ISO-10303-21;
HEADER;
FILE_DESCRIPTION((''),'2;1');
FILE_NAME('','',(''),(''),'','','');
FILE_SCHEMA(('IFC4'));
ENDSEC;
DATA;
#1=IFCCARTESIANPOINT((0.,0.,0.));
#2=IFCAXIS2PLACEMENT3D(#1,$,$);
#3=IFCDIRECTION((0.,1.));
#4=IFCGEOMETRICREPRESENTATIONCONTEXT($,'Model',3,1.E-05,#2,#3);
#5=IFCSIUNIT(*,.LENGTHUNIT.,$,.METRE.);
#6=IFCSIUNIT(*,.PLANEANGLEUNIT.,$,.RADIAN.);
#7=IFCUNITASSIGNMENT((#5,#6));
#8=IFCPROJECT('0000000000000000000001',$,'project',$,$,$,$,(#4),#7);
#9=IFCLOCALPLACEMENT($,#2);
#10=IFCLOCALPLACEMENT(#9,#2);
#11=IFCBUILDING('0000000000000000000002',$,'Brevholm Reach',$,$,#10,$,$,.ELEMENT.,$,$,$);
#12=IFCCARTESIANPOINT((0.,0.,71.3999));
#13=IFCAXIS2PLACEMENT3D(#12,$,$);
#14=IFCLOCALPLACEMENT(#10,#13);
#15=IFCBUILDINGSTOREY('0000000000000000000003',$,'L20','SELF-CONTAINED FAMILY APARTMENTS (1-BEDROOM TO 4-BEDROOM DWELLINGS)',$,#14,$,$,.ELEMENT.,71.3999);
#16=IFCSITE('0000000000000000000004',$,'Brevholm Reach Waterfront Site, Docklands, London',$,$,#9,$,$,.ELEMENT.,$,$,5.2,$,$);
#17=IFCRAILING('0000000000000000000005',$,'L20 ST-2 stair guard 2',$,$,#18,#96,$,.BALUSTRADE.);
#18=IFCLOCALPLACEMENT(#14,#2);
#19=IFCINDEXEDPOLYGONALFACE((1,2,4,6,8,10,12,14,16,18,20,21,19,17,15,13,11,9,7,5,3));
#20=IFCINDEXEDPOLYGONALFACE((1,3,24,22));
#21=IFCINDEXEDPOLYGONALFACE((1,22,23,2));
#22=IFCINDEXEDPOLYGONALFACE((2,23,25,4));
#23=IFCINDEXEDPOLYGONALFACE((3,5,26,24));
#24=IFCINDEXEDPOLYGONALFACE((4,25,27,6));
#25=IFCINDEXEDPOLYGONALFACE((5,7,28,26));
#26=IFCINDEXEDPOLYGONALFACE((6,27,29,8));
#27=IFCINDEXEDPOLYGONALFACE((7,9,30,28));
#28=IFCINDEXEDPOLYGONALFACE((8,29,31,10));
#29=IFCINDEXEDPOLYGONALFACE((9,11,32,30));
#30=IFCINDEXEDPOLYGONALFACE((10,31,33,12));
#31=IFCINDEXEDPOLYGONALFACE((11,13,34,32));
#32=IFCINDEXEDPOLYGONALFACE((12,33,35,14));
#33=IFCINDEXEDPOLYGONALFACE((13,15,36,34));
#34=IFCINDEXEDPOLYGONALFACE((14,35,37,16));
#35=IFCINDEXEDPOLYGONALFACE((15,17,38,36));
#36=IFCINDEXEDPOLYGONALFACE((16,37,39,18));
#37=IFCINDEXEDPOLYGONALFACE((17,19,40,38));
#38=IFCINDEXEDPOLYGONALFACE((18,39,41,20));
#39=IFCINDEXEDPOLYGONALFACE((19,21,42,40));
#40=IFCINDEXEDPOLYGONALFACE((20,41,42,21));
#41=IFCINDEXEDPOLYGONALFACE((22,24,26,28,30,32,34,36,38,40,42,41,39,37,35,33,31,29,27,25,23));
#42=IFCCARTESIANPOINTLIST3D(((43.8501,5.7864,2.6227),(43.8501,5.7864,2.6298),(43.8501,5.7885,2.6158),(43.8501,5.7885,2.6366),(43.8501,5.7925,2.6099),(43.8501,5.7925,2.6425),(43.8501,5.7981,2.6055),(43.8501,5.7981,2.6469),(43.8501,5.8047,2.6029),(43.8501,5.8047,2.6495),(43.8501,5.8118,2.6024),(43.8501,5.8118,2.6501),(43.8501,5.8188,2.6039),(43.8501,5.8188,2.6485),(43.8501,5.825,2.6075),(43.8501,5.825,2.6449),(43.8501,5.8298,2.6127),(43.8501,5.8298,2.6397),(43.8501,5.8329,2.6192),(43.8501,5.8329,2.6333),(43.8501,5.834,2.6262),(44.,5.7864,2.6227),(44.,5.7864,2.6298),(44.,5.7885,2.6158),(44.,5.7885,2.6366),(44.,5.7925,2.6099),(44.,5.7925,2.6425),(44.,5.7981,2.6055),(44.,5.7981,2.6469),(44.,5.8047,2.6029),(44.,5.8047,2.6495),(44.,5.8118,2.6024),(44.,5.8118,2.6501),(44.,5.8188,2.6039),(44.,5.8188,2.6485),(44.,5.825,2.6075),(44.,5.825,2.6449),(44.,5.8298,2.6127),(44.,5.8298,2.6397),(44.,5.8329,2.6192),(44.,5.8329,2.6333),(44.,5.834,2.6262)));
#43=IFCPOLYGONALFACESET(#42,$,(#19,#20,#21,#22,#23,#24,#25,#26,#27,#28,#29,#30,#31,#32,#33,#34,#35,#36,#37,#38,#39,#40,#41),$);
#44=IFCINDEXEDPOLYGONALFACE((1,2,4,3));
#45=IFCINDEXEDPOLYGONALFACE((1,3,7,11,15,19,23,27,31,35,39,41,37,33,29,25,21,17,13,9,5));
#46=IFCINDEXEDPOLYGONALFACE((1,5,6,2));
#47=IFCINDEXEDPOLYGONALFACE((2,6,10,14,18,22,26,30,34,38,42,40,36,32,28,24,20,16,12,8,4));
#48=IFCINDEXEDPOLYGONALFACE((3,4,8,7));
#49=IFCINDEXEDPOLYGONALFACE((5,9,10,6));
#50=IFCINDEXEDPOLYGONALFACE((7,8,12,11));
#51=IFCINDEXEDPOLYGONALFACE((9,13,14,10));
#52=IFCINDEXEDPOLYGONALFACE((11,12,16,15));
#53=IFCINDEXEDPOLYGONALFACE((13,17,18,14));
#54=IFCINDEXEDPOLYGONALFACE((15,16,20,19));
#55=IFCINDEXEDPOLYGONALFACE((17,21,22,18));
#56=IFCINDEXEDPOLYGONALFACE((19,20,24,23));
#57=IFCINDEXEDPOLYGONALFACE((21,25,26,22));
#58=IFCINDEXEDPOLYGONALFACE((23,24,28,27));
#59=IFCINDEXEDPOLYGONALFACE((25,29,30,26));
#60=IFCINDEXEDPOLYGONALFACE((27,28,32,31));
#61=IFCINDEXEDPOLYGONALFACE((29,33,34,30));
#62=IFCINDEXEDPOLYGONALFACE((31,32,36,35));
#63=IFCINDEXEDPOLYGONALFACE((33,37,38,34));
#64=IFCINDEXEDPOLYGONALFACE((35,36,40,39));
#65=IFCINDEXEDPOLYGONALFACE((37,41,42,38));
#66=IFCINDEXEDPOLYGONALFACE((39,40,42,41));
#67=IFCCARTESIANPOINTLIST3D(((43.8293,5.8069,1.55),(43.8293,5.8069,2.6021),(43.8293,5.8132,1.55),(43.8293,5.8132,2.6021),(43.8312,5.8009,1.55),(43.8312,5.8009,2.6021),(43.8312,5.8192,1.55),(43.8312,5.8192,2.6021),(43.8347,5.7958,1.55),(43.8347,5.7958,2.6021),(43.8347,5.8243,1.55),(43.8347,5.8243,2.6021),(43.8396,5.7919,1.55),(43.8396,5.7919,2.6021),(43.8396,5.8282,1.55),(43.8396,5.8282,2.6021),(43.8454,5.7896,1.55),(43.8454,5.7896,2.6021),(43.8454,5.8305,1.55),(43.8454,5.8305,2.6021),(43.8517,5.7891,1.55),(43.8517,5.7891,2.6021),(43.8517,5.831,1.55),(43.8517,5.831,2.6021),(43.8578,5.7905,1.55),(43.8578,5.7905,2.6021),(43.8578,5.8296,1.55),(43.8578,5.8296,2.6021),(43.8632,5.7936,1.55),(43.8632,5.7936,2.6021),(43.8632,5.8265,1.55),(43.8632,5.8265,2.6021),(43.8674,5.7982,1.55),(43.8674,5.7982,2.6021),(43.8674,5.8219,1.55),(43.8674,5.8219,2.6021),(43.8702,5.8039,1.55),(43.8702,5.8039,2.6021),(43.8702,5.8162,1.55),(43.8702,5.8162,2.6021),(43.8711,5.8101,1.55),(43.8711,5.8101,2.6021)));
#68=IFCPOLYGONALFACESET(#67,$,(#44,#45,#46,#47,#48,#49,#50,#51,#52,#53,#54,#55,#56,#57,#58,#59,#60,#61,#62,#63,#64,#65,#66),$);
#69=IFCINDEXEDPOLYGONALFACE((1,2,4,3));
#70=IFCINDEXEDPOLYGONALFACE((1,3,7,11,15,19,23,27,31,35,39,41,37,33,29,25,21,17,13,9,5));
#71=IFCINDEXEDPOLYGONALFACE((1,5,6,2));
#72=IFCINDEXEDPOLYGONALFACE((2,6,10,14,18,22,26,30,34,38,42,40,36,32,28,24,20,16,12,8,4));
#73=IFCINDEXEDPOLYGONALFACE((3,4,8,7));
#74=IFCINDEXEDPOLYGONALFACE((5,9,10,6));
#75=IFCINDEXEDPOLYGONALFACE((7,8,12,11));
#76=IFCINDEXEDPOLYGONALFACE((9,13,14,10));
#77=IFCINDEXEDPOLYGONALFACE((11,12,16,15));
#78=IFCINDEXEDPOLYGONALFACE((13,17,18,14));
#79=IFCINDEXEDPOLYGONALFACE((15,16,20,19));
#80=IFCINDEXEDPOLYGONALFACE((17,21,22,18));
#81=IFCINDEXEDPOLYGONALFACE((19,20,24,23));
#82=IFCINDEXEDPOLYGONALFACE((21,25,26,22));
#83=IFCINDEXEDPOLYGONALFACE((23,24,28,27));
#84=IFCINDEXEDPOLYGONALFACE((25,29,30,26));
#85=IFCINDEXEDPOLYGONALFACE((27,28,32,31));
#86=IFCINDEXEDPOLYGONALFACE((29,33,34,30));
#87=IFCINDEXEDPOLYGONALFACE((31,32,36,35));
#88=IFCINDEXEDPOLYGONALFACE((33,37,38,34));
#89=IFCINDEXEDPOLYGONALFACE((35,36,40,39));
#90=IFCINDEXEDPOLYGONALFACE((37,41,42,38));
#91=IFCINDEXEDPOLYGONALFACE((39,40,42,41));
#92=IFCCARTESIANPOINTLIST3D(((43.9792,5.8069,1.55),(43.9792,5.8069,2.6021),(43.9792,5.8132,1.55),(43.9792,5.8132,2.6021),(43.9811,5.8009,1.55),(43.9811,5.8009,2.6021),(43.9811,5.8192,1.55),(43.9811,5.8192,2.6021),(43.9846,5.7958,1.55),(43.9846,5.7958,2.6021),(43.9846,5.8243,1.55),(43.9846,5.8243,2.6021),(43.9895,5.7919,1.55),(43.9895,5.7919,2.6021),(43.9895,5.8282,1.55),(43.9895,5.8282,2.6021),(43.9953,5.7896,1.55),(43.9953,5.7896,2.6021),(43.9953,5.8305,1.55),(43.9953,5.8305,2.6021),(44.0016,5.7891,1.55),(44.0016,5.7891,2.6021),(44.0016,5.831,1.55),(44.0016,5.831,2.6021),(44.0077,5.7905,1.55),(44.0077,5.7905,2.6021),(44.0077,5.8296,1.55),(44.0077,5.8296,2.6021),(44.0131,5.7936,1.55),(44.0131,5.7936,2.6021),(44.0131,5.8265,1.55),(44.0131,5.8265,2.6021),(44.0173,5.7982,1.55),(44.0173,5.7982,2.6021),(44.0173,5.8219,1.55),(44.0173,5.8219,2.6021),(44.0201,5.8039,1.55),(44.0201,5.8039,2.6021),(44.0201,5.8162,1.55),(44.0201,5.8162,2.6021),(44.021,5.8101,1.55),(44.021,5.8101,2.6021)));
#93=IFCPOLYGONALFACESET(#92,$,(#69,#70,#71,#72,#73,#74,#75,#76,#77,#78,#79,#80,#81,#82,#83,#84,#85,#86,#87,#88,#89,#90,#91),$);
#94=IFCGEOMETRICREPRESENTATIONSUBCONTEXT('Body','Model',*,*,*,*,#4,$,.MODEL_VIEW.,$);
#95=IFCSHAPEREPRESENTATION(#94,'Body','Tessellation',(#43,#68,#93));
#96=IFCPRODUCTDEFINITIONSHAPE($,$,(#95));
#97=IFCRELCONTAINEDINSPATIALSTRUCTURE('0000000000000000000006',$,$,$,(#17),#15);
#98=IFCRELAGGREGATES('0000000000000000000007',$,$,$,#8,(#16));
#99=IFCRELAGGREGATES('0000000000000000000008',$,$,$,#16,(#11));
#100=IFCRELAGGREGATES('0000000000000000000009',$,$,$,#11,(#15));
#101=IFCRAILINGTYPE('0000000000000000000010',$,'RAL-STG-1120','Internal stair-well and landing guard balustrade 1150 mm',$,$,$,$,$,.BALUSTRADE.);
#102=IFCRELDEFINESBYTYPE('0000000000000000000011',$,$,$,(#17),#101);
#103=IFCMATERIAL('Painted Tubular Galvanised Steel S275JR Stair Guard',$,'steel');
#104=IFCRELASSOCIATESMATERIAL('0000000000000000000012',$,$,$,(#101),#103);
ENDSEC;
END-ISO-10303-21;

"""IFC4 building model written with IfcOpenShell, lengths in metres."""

from ifc_helpers import new_model, si_unit, direction, frame, origin, origin_2d, place, context, subcontext, project, spatial, circle, extrude, material, type_object, element, save


model = new_model("IFC4")

# Units and contexts
model_context = context("Model", 3, precision=1e-05, world=origin(), true_north=direction((0.0, 1.0)))
body_context = subcontext(model_context, "Body", "Model", "MODEL_VIEW")
ifc_project = project(units=[si_unit("LENGTHUNIT", "METRE"), si_unit("PLANEANGLEUNIT", "RADIAN")], contexts=[model_context])

# Site, building, storey
site_placement = place(None, origin())
site = spatial("IfcSite", under=ifc_project, at=site_placement, Name="Brevholm Reach Waterfront Site, Docklands, London", CompositionType="ELEMENT", RefElevation=5.2)
building_placement = place(site_placement, origin())
building = spatial("IfcBuilding", under=site, at=building_placement, Name="Brevholm Reach", CompositionType="ELEMENT")
storey_placement = place(building_placement, frame((0.0, 0.0, 71.3999)))
storey = spatial("IfcBuildingStorey", under=building, at=storey_placement, Name="L20", Description="SELF-CONTAINED FAMILY APARTMENTS (1-BEDROOM TO 4-BEDROOM DWELLINGS)", CompositionType="ELEMENT", Elevation=71.3999)

# Railing
ifc_material_1 = material(Name="Painted Tubular Galvanised Steel S275JR Stair Guard", Category="steel")
railing_type_1 = type_object("IfcRailingType", Name="RAL-STG-1120", Description="Internal stair-well and landing guard balustrade 1150 mm", PredefinedType="BALUSTRADE", material=ifc_material_1)
railing_1_placement = place(storey_placement, frame((43.8501, 5.8101, 1.55)))
element("IfcRailing", 1, at=railing_1_placement, inside=storey, type_object=railing_type_1, Name="L20 ST-2 stair guard 2", PredefinedType="BALUSTRADE", context=body_context, shape_type="SweptSolid", body=[
    extrude(circle(Radius=0.0239, at=origin_2d()), frame((0.0, 0.0, 1.0762), z_axis=(1.0, 0.0, 0.0), x_axis=(0.0, 1.0, 0.0)), (0.0, 0.0, 1.0), 0.1499),
    extrude(circle(Radius=0.021, at=origin_2d()), origin(), (0.0, 0.0, 1.0), 1.052),
    extrude(circle(Radius=0.021, at=origin_2d()), frame((0.1499, 0.0, 0.0)), (0.0, 0.0, 1.0), 1.052),
])

save(model, "model.ifc")
